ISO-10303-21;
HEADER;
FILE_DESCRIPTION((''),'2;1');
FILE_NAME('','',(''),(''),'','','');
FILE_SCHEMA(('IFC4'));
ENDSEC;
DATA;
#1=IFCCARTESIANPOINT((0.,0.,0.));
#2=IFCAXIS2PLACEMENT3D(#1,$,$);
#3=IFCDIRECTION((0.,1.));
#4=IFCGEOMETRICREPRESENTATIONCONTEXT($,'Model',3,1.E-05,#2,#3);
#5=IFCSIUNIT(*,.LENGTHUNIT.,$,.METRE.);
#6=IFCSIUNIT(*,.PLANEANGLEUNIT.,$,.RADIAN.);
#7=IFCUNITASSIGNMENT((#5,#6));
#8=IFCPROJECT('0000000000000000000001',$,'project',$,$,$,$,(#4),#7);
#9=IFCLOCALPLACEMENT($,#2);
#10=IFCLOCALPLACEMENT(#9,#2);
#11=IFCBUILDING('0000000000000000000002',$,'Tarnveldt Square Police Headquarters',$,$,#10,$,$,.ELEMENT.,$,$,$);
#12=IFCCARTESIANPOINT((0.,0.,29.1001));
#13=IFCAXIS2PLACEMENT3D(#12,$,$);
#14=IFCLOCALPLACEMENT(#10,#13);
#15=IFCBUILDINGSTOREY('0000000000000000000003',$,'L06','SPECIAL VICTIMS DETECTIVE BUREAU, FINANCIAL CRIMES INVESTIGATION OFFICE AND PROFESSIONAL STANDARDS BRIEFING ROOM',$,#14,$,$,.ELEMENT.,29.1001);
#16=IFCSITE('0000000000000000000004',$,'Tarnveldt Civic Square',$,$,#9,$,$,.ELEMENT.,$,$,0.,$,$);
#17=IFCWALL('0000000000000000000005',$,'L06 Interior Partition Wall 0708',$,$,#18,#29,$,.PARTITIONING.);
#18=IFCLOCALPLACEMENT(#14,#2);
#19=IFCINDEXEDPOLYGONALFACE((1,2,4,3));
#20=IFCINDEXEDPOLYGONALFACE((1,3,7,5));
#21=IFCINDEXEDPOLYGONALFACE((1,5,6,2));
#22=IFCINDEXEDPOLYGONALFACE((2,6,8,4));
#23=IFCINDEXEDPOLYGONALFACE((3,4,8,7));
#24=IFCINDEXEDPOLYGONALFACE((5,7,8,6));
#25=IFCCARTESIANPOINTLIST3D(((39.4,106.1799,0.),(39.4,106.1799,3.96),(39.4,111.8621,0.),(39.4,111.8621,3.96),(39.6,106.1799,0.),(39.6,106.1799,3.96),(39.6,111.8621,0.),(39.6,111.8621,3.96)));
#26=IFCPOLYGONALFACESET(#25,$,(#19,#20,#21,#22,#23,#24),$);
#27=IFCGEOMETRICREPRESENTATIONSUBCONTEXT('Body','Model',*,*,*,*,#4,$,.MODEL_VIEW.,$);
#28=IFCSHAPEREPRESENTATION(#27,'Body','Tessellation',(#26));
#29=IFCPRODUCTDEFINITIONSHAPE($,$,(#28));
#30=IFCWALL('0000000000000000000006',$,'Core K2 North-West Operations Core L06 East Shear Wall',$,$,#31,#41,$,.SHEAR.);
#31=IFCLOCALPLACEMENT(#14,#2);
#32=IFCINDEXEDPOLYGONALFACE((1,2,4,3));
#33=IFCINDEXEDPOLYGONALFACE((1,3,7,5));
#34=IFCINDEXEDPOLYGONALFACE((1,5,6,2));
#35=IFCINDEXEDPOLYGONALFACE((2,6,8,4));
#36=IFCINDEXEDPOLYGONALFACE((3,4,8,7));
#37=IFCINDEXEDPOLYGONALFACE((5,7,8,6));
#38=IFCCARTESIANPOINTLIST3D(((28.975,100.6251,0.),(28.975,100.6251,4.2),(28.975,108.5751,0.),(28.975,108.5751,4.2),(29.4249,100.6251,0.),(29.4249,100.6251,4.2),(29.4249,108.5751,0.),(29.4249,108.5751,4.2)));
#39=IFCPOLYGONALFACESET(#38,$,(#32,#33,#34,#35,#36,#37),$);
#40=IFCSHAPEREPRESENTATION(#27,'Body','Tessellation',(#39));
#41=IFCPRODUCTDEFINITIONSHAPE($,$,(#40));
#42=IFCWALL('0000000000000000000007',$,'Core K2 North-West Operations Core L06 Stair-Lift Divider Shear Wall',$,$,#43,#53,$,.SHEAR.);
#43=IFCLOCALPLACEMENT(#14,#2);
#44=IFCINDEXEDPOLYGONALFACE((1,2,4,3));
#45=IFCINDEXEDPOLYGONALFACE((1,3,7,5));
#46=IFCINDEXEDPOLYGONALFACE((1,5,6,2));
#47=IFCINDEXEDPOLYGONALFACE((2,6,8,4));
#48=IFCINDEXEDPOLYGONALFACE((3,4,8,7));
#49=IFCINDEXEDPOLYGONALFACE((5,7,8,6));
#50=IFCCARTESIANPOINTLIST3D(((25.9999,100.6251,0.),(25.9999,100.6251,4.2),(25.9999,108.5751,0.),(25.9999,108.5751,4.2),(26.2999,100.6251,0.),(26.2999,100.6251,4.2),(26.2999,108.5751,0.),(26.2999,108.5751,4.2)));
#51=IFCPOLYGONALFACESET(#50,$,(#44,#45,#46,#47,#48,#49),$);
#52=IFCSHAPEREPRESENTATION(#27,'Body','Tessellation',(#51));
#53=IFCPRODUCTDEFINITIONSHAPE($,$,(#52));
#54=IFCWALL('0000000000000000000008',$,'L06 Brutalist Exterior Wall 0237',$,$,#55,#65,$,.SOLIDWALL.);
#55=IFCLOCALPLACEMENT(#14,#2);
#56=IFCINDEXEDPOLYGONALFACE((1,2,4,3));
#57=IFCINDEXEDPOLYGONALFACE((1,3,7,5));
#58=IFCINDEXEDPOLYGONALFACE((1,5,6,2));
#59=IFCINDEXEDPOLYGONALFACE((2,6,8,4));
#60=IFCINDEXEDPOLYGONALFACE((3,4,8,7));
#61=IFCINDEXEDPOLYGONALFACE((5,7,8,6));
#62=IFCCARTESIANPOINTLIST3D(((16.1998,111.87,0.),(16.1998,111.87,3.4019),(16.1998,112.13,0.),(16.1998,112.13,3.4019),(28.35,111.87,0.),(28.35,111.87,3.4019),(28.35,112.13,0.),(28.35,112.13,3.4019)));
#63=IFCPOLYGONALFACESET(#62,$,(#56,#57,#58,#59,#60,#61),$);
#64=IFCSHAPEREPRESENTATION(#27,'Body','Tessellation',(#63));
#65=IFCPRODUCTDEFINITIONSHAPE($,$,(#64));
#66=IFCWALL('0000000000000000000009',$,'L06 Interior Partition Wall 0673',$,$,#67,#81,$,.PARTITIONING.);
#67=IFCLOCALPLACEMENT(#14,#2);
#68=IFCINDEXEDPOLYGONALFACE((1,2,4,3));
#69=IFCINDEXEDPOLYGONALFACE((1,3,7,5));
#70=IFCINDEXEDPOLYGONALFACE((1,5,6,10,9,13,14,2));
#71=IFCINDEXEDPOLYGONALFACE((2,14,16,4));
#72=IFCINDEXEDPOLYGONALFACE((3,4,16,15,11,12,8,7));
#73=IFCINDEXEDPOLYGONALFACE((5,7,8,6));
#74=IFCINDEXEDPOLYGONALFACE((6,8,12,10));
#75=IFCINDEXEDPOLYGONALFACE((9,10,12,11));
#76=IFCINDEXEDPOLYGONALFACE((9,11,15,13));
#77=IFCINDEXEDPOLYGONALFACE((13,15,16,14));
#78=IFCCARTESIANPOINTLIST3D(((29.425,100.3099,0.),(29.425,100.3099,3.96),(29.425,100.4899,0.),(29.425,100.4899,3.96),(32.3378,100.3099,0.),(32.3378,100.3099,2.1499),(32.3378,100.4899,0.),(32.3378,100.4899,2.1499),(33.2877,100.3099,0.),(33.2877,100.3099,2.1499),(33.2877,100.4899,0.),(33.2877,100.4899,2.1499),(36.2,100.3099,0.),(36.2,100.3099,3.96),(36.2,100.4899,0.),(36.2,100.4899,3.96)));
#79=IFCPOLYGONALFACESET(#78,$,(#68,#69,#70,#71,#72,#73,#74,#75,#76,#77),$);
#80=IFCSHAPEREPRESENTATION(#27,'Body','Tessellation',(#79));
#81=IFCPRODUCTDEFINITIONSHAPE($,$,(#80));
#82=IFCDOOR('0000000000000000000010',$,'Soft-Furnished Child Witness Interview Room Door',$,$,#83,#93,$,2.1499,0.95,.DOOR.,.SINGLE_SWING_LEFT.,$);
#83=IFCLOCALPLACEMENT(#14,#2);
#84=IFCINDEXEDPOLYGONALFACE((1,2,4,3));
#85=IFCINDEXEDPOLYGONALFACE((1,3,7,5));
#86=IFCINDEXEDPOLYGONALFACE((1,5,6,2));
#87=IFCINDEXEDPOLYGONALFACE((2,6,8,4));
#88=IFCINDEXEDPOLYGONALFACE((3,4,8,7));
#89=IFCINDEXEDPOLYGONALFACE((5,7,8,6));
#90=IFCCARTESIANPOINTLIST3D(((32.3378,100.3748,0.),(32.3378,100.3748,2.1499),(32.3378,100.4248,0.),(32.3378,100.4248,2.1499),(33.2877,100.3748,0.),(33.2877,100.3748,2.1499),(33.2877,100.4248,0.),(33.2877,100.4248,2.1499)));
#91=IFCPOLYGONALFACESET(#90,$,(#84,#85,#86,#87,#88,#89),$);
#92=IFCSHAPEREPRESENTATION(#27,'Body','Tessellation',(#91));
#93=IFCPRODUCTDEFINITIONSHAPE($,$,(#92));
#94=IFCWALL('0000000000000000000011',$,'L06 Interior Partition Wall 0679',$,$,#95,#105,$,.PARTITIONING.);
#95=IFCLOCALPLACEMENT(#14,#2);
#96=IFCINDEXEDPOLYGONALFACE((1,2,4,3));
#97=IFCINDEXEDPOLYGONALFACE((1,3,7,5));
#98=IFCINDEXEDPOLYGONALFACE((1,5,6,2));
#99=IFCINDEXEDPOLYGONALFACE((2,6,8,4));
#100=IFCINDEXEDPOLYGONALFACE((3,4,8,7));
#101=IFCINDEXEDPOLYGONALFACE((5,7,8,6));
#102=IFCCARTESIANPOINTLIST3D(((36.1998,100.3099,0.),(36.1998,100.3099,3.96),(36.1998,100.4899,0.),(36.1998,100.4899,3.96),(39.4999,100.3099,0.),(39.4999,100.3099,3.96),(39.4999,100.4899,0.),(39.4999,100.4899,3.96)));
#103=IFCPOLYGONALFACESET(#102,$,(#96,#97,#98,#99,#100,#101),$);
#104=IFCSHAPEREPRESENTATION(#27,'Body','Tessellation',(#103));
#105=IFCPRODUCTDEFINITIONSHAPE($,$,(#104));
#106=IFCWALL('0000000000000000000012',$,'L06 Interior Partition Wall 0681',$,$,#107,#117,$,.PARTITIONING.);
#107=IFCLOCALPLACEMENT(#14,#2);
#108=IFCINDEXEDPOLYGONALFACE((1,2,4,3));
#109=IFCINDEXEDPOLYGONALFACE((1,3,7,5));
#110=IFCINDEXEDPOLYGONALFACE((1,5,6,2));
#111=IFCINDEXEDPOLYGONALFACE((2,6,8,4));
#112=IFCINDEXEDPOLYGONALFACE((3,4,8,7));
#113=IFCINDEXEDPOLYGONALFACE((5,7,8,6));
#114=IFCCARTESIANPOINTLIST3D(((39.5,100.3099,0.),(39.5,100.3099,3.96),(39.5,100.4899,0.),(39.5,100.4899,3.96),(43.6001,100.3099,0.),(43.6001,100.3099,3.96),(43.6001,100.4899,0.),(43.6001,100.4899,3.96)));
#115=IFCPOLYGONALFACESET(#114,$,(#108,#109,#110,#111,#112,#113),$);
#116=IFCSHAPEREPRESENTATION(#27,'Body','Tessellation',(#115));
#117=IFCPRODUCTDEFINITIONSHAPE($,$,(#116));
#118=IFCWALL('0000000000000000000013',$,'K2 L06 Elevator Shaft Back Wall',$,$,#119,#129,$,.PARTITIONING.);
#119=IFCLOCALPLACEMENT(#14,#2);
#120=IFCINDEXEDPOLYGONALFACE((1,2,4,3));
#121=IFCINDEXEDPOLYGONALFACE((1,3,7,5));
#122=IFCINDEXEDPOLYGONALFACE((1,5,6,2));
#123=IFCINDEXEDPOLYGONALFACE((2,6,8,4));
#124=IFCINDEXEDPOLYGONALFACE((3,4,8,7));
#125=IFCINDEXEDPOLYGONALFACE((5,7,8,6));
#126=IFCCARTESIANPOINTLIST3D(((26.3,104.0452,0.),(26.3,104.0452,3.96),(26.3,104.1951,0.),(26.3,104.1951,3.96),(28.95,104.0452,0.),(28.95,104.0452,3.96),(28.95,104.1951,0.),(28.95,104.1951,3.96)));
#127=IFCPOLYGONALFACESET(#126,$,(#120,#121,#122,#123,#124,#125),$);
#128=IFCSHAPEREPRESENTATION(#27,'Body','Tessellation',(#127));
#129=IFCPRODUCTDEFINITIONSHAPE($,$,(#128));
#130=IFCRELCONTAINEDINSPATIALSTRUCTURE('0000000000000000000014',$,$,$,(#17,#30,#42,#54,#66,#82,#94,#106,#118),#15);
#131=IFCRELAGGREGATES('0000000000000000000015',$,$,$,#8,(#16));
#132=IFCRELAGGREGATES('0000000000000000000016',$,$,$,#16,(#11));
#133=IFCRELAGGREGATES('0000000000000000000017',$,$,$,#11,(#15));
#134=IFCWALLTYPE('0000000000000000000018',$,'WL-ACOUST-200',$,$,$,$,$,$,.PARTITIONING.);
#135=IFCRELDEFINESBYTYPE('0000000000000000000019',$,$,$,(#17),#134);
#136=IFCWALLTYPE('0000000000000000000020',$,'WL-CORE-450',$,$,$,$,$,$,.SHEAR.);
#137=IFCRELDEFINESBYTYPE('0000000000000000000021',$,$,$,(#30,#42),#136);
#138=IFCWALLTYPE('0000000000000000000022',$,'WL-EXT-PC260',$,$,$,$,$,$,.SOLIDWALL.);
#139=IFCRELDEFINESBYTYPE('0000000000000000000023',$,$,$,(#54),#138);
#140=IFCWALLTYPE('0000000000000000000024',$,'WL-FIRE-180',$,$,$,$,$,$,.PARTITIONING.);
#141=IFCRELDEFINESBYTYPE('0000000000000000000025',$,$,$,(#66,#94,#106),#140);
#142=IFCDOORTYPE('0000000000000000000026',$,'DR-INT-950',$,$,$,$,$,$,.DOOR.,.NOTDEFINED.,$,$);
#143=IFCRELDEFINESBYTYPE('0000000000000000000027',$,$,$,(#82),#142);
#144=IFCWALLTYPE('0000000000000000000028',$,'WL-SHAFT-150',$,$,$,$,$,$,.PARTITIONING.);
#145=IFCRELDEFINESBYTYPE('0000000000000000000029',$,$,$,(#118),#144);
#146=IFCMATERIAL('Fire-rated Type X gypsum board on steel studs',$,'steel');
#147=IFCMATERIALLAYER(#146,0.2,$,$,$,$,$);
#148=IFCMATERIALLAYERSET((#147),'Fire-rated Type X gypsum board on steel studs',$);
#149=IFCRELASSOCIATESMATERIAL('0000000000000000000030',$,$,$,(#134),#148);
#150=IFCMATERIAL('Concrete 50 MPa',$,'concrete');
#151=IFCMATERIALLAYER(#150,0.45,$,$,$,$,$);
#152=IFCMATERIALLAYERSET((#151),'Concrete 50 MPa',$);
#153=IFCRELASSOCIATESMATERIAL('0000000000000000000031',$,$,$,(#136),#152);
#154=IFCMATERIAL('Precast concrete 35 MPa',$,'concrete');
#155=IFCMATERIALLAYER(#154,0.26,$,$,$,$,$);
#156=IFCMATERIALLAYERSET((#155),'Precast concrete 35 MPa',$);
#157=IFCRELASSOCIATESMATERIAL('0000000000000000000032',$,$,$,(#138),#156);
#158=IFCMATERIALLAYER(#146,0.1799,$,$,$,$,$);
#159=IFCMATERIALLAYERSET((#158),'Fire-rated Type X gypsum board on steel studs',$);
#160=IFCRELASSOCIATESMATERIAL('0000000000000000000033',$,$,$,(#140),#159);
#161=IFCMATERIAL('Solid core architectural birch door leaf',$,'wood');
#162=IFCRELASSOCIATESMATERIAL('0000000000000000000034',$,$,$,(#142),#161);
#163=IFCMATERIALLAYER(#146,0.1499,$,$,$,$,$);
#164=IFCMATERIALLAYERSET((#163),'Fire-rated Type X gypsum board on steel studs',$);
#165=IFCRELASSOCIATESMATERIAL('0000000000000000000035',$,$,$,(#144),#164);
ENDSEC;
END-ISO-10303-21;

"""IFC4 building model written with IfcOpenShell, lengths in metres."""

from ifc_helpers import new_model, si_unit, direction, frame, frame_2d, origin, place, context, subcontext, project, spatial, rectangle, extrude, material, layer, layer_set, type_object, element, fill, save


model = new_model("IFC4")

# Units and contexts
model_context = context("Model", 3, precision=1e-05, world=origin(), true_north=direction((0.0, 1.0)))
body_context = subcontext(model_context, "Body", "Model", "MODEL_VIEW")
ifc_project = project(units=[si_unit("LENGTHUNIT", "METRE"), si_unit("PLANEANGLEUNIT", "RADIAN")], contexts=[model_context])

# Site, building, storey
site_placement = place(None, origin())
site = spatial("IfcSite", under=ifc_project, at=site_placement, Name="Tarnveldt Civic Square", CompositionType="ELEMENT", RefElevation=0.0)
building_placement = place(site_placement, origin())
building = spatial("IfcBuilding", under=site, at=building_placement, Name="Tarnveldt Square Police Headquarters", CompositionType="ELEMENT")
storey_placement = place(building_placement, frame((0.0, 0.0, 29.1001)))
storey = spatial("IfcBuildingStorey", under=building, at=storey_placement, Name="L06", Description="SPECIAL VICTIMS DETECTIVE BUREAU, FINANCIAL CRIMES INVESTIGATION OFFICE AND PROFESSIONAL STANDARDS BRIEFING ROOM", CompositionType="ELEMENT", Elevation=29.1001)

# Shared definitions
ifc_material_1 = material(Name="Fire-rated Type X gypsum board on steel studs", Category="steel")
ifc_layer_1 = layer(ifc_material_1, 0.2)
ifc_layer_set_1 = layer_set([ifc_layer_1], Name="Fire-rated Type X gypsum board on steel studs")
wall_type_1 = type_object("IfcWallType", Name="WL-ACOUST-200", PredefinedType="PARTITIONING", material=ifc_layer_set_1)
ifc_material_2 = material(Name="Solid core architectural birch door leaf", Category="wood")

# Walls
wall_1_placement = place(storey_placement, frame((39.5, 106.1799, 0.0), z_axis=(0.0, 0.0, 1.0), x_axis=(0.0, 1.0, 0.0)))
element("IfcWall", 1, at=wall_1_placement, inside=storey, type_object=wall_type_1, Name="L06 Interior Partition Wall 0708", PredefinedType="PARTITIONING", context=body_context, shape_type="SweptSolid", body=[
    extrude(rectangle(XDim=5.6821, YDim=0.2, at=frame_2d((2.8411, 0.0))), origin(), (0.0, 0.0, 1.0), 3.96),
])
ifc_material_3 = material(Name="Concrete 50 MPa", Category="concrete")
ifc_layer_2 = layer(ifc_material_3, 0.45)
ifc_layer_set_2 = layer_set([ifc_layer_2], Name="Concrete 50 MPa")
wall_type_2 = type_object("IfcWallType", Name="WL-CORE-450", PredefinedType="SHEAR", material=ifc_layer_set_2)
wall_2_placement = place(storey_placement, frame((29.2, 100.625, 0.0), z_axis=(0.0, 0.0, 1.0), x_axis=(0.0, 1.0, 0.0)))
element("IfcWall", 2, at=wall_2_placement, inside=storey, type_object=wall_type_2, Name="Core K2 North-West Operations Core L06 East Shear Wall", PredefinedType="SHEAR", context=body_context, shape_type="SweptSolid", body=[
    extrude(rectangle(XDim=7.95, YDim=0.45, at=frame_2d((3.9751, 0.0))), origin(), (0.0, 0.0, 1.0), 4.2),
])
wall_3_placement = place(storey_placement, frame((26.1499, 100.625, 0.0), z_axis=(0.0, 0.0, 1.0), x_axis=(0.0, 1.0, 0.0)))
element("IfcWall", 3, at=wall_3_placement, inside=storey, type_object=wall_type_2, Name="Core K2 North-West Operations Core L06 Stair-Lift Divider Shear Wall", PredefinedType="SHEAR", context=body_context, shape_type="SweptSolid", body=[
    extrude(rectangle(XDim=7.95, YDim=0.3, at=frame_2d((3.9751, 0.0))), origin(), (0.0, 0.0, 1.0), 4.2),
])
ifc_material_4 = material(Name="Precast concrete 35 MPa", Category="concrete")
ifc_layer_3 = layer(ifc_material_4, 0.26)
ifc_layer_set_3 = layer_set([ifc_layer_3], Name="Precast concrete 35 MPa")
wall_type_3 = type_object("IfcWallType", Name="WL-EXT-PC260", PredefinedType="SOLIDWALL", material=ifc_layer_set_3)
wall_4_placement = place(storey_placement, frame((28.3501, 112.0, 0.0), z_axis=(0.0, 0.0, 1.0), x_axis=(-1.0, 0.0, 0.0)))
element("IfcWall", 4, at=wall_4_placement, inside=storey, type_object=wall_type_3, Name="L06 Brutalist Exterior Wall 0237", PredefinedType="SOLIDWALL", context=body_context, shape_type="SweptSolid", body=[
    extrude(rectangle(XDim=12.1501, YDim=0.26, at=frame_2d((6.0752, 0.0))), origin(), (0.0, 0.0, 1.0), 3.4019),
])

# Wall, opening, door
ifc_layer_4 = layer(ifc_material_1, 0.1799)
ifc_layer_set_4 = layer_set([ifc_layer_4], Name="Fire-rated Type X gypsum board on steel studs")
wall_type_4 = type_object("IfcWallType", Name="WL-FIRE-180", PredefinedType="PARTITIONING", material=ifc_layer_set_4)
wall_5_placement = place(storey_placement, frame((29.425, 100.3999, 0.0), z_axis=(0.0, 0.0, 1.0), x_axis=(1.0, 0.0, 0.0)))
wall_5 = element("IfcWall", 5, at=wall_5_placement, inside=storey, type_object=wall_type_4, Name="L06 Interior Partition Wall 0673", PredefinedType="PARTITIONING", context=body_context, shape_type="SweptSolid", body=[
    extrude(rectangle(XDim=6.7749, YDim=0.1799, at=frame_2d((3.3875, 0.0))), origin(), (0.0, 0.0, 1.0), 3.96),
])
opening_1_placement = place(wall_5_placement, frame((2.9126, 0.0, 0.0)))
opening_1 = element("IfcOpeningElement", 6, at=opening_1_placement, cuts=wall_5, PredefinedType="OPENING", context=body_context, shape_type="SweptSolid", body=[
    extrude(rectangle(XDim=0.95, YDim=2.1499, at=frame_2d((0.4751, 1.075))), frame((0.0, 0.0999, 0.0), z_axis=(0.0, -1.0, 0.0), x_axis=(1.0, 0.0, 0.0)), (0.0, 0.0, 1.0), 0.2),
])
door_type_1 = type_object("IfcDoorType", Name="DR-INT-950", OperationType="NOTDEFINED", PredefinedType="DOOR", material=ifc_material_2)
door_1_placement = place(opening_1_placement, origin())
door_1 = element("IfcDoor", 7, at=door_1_placement, inside=storey, type_object=door_type_1, Name="Soft-Furnished Child Witness Interview Room Door", OperationType="SINGLE_SWING_LEFT", OverallHeight=2.1499, OverallWidth=0.95, PredefinedType="DOOR", context=body_context, shape_type="SweptSolid", body=[
    extrude(rectangle(XDim=0.95, YDim=2.1499, at=frame_2d((0.4751, 1.075))), frame((0.0, 0.0249, 0.0), z_axis=(0.0, -1.0, 0.0), x_axis=(1.0, 0.0, 0.0)), (0.0, 0.0, 1.0), 0.05),
])
fill(opening_1, door_1)

# Walls
wall_6_placement = place(storey_placement, frame((36.2, 100.3999, 0.0), z_axis=(0.0, 0.0, 1.0), x_axis=(1.0, 0.0, 0.0)))
element("IfcWall", 8, at=wall_6_placement, inside=storey, type_object=wall_type_4, Name="L06 Interior Partition Wall 0679", PredefinedType="PARTITIONING", context=body_context, shape_type="SweptSolid", body=[
    extrude(rectangle(XDim=3.3, YDim=0.1799, at=frame_2d((1.6499, 0.0))), origin(), (0.0, 0.0, 1.0), 3.96),
])
wall_7_placement = place(storey_placement, frame((39.5, 100.3999, 0.0), z_axis=(0.0, 0.0, 1.0), x_axis=(1.0, 0.0, 0.0)))
element("IfcWall", 9, at=wall_7_placement, inside=storey, type_object=wall_type_4, Name="L06 Interior Partition Wall 0681", PredefinedType="PARTITIONING", context=body_context, shape_type="SweptSolid", body=[
    extrude(rectangle(XDim=4.1001, YDim=0.1799, at=frame_2d((2.05, 0.0))), origin(), (0.0, 0.0, 1.0), 3.96),
])
ifc_layer_5 = layer(ifc_material_1, 0.1499)
ifc_layer_set_5 = layer_set([ifc_layer_5], Name="Fire-rated Type X gypsum board on steel studs")
wall_type_5 = type_object("IfcWallType", Name="WL-SHAFT-150", PredefinedType="PARTITIONING", material=ifc_layer_set_5)
wall_8_placement = place(storey_placement, frame((26.3, 104.1201, 0.0), z_axis=(0.0, 0.0, 1.0), x_axis=(1.0, 0.0, 0.0)))
element("IfcWall", 10, at=wall_8_placement, inside=storey, type_object=wall_type_5, Name="K2 L06 Elevator Shaft Back Wall", PredefinedType="PARTITIONING", context=body_context, shape_type="SweptSolid", body=[
    extrude(rectangle(XDim=2.6499, YDim=0.1499, at=frame_2d((1.325, 0.0))), origin(), (0.0, 0.0, 1.0), 3.96),
])

save(model, "model.ifc")
